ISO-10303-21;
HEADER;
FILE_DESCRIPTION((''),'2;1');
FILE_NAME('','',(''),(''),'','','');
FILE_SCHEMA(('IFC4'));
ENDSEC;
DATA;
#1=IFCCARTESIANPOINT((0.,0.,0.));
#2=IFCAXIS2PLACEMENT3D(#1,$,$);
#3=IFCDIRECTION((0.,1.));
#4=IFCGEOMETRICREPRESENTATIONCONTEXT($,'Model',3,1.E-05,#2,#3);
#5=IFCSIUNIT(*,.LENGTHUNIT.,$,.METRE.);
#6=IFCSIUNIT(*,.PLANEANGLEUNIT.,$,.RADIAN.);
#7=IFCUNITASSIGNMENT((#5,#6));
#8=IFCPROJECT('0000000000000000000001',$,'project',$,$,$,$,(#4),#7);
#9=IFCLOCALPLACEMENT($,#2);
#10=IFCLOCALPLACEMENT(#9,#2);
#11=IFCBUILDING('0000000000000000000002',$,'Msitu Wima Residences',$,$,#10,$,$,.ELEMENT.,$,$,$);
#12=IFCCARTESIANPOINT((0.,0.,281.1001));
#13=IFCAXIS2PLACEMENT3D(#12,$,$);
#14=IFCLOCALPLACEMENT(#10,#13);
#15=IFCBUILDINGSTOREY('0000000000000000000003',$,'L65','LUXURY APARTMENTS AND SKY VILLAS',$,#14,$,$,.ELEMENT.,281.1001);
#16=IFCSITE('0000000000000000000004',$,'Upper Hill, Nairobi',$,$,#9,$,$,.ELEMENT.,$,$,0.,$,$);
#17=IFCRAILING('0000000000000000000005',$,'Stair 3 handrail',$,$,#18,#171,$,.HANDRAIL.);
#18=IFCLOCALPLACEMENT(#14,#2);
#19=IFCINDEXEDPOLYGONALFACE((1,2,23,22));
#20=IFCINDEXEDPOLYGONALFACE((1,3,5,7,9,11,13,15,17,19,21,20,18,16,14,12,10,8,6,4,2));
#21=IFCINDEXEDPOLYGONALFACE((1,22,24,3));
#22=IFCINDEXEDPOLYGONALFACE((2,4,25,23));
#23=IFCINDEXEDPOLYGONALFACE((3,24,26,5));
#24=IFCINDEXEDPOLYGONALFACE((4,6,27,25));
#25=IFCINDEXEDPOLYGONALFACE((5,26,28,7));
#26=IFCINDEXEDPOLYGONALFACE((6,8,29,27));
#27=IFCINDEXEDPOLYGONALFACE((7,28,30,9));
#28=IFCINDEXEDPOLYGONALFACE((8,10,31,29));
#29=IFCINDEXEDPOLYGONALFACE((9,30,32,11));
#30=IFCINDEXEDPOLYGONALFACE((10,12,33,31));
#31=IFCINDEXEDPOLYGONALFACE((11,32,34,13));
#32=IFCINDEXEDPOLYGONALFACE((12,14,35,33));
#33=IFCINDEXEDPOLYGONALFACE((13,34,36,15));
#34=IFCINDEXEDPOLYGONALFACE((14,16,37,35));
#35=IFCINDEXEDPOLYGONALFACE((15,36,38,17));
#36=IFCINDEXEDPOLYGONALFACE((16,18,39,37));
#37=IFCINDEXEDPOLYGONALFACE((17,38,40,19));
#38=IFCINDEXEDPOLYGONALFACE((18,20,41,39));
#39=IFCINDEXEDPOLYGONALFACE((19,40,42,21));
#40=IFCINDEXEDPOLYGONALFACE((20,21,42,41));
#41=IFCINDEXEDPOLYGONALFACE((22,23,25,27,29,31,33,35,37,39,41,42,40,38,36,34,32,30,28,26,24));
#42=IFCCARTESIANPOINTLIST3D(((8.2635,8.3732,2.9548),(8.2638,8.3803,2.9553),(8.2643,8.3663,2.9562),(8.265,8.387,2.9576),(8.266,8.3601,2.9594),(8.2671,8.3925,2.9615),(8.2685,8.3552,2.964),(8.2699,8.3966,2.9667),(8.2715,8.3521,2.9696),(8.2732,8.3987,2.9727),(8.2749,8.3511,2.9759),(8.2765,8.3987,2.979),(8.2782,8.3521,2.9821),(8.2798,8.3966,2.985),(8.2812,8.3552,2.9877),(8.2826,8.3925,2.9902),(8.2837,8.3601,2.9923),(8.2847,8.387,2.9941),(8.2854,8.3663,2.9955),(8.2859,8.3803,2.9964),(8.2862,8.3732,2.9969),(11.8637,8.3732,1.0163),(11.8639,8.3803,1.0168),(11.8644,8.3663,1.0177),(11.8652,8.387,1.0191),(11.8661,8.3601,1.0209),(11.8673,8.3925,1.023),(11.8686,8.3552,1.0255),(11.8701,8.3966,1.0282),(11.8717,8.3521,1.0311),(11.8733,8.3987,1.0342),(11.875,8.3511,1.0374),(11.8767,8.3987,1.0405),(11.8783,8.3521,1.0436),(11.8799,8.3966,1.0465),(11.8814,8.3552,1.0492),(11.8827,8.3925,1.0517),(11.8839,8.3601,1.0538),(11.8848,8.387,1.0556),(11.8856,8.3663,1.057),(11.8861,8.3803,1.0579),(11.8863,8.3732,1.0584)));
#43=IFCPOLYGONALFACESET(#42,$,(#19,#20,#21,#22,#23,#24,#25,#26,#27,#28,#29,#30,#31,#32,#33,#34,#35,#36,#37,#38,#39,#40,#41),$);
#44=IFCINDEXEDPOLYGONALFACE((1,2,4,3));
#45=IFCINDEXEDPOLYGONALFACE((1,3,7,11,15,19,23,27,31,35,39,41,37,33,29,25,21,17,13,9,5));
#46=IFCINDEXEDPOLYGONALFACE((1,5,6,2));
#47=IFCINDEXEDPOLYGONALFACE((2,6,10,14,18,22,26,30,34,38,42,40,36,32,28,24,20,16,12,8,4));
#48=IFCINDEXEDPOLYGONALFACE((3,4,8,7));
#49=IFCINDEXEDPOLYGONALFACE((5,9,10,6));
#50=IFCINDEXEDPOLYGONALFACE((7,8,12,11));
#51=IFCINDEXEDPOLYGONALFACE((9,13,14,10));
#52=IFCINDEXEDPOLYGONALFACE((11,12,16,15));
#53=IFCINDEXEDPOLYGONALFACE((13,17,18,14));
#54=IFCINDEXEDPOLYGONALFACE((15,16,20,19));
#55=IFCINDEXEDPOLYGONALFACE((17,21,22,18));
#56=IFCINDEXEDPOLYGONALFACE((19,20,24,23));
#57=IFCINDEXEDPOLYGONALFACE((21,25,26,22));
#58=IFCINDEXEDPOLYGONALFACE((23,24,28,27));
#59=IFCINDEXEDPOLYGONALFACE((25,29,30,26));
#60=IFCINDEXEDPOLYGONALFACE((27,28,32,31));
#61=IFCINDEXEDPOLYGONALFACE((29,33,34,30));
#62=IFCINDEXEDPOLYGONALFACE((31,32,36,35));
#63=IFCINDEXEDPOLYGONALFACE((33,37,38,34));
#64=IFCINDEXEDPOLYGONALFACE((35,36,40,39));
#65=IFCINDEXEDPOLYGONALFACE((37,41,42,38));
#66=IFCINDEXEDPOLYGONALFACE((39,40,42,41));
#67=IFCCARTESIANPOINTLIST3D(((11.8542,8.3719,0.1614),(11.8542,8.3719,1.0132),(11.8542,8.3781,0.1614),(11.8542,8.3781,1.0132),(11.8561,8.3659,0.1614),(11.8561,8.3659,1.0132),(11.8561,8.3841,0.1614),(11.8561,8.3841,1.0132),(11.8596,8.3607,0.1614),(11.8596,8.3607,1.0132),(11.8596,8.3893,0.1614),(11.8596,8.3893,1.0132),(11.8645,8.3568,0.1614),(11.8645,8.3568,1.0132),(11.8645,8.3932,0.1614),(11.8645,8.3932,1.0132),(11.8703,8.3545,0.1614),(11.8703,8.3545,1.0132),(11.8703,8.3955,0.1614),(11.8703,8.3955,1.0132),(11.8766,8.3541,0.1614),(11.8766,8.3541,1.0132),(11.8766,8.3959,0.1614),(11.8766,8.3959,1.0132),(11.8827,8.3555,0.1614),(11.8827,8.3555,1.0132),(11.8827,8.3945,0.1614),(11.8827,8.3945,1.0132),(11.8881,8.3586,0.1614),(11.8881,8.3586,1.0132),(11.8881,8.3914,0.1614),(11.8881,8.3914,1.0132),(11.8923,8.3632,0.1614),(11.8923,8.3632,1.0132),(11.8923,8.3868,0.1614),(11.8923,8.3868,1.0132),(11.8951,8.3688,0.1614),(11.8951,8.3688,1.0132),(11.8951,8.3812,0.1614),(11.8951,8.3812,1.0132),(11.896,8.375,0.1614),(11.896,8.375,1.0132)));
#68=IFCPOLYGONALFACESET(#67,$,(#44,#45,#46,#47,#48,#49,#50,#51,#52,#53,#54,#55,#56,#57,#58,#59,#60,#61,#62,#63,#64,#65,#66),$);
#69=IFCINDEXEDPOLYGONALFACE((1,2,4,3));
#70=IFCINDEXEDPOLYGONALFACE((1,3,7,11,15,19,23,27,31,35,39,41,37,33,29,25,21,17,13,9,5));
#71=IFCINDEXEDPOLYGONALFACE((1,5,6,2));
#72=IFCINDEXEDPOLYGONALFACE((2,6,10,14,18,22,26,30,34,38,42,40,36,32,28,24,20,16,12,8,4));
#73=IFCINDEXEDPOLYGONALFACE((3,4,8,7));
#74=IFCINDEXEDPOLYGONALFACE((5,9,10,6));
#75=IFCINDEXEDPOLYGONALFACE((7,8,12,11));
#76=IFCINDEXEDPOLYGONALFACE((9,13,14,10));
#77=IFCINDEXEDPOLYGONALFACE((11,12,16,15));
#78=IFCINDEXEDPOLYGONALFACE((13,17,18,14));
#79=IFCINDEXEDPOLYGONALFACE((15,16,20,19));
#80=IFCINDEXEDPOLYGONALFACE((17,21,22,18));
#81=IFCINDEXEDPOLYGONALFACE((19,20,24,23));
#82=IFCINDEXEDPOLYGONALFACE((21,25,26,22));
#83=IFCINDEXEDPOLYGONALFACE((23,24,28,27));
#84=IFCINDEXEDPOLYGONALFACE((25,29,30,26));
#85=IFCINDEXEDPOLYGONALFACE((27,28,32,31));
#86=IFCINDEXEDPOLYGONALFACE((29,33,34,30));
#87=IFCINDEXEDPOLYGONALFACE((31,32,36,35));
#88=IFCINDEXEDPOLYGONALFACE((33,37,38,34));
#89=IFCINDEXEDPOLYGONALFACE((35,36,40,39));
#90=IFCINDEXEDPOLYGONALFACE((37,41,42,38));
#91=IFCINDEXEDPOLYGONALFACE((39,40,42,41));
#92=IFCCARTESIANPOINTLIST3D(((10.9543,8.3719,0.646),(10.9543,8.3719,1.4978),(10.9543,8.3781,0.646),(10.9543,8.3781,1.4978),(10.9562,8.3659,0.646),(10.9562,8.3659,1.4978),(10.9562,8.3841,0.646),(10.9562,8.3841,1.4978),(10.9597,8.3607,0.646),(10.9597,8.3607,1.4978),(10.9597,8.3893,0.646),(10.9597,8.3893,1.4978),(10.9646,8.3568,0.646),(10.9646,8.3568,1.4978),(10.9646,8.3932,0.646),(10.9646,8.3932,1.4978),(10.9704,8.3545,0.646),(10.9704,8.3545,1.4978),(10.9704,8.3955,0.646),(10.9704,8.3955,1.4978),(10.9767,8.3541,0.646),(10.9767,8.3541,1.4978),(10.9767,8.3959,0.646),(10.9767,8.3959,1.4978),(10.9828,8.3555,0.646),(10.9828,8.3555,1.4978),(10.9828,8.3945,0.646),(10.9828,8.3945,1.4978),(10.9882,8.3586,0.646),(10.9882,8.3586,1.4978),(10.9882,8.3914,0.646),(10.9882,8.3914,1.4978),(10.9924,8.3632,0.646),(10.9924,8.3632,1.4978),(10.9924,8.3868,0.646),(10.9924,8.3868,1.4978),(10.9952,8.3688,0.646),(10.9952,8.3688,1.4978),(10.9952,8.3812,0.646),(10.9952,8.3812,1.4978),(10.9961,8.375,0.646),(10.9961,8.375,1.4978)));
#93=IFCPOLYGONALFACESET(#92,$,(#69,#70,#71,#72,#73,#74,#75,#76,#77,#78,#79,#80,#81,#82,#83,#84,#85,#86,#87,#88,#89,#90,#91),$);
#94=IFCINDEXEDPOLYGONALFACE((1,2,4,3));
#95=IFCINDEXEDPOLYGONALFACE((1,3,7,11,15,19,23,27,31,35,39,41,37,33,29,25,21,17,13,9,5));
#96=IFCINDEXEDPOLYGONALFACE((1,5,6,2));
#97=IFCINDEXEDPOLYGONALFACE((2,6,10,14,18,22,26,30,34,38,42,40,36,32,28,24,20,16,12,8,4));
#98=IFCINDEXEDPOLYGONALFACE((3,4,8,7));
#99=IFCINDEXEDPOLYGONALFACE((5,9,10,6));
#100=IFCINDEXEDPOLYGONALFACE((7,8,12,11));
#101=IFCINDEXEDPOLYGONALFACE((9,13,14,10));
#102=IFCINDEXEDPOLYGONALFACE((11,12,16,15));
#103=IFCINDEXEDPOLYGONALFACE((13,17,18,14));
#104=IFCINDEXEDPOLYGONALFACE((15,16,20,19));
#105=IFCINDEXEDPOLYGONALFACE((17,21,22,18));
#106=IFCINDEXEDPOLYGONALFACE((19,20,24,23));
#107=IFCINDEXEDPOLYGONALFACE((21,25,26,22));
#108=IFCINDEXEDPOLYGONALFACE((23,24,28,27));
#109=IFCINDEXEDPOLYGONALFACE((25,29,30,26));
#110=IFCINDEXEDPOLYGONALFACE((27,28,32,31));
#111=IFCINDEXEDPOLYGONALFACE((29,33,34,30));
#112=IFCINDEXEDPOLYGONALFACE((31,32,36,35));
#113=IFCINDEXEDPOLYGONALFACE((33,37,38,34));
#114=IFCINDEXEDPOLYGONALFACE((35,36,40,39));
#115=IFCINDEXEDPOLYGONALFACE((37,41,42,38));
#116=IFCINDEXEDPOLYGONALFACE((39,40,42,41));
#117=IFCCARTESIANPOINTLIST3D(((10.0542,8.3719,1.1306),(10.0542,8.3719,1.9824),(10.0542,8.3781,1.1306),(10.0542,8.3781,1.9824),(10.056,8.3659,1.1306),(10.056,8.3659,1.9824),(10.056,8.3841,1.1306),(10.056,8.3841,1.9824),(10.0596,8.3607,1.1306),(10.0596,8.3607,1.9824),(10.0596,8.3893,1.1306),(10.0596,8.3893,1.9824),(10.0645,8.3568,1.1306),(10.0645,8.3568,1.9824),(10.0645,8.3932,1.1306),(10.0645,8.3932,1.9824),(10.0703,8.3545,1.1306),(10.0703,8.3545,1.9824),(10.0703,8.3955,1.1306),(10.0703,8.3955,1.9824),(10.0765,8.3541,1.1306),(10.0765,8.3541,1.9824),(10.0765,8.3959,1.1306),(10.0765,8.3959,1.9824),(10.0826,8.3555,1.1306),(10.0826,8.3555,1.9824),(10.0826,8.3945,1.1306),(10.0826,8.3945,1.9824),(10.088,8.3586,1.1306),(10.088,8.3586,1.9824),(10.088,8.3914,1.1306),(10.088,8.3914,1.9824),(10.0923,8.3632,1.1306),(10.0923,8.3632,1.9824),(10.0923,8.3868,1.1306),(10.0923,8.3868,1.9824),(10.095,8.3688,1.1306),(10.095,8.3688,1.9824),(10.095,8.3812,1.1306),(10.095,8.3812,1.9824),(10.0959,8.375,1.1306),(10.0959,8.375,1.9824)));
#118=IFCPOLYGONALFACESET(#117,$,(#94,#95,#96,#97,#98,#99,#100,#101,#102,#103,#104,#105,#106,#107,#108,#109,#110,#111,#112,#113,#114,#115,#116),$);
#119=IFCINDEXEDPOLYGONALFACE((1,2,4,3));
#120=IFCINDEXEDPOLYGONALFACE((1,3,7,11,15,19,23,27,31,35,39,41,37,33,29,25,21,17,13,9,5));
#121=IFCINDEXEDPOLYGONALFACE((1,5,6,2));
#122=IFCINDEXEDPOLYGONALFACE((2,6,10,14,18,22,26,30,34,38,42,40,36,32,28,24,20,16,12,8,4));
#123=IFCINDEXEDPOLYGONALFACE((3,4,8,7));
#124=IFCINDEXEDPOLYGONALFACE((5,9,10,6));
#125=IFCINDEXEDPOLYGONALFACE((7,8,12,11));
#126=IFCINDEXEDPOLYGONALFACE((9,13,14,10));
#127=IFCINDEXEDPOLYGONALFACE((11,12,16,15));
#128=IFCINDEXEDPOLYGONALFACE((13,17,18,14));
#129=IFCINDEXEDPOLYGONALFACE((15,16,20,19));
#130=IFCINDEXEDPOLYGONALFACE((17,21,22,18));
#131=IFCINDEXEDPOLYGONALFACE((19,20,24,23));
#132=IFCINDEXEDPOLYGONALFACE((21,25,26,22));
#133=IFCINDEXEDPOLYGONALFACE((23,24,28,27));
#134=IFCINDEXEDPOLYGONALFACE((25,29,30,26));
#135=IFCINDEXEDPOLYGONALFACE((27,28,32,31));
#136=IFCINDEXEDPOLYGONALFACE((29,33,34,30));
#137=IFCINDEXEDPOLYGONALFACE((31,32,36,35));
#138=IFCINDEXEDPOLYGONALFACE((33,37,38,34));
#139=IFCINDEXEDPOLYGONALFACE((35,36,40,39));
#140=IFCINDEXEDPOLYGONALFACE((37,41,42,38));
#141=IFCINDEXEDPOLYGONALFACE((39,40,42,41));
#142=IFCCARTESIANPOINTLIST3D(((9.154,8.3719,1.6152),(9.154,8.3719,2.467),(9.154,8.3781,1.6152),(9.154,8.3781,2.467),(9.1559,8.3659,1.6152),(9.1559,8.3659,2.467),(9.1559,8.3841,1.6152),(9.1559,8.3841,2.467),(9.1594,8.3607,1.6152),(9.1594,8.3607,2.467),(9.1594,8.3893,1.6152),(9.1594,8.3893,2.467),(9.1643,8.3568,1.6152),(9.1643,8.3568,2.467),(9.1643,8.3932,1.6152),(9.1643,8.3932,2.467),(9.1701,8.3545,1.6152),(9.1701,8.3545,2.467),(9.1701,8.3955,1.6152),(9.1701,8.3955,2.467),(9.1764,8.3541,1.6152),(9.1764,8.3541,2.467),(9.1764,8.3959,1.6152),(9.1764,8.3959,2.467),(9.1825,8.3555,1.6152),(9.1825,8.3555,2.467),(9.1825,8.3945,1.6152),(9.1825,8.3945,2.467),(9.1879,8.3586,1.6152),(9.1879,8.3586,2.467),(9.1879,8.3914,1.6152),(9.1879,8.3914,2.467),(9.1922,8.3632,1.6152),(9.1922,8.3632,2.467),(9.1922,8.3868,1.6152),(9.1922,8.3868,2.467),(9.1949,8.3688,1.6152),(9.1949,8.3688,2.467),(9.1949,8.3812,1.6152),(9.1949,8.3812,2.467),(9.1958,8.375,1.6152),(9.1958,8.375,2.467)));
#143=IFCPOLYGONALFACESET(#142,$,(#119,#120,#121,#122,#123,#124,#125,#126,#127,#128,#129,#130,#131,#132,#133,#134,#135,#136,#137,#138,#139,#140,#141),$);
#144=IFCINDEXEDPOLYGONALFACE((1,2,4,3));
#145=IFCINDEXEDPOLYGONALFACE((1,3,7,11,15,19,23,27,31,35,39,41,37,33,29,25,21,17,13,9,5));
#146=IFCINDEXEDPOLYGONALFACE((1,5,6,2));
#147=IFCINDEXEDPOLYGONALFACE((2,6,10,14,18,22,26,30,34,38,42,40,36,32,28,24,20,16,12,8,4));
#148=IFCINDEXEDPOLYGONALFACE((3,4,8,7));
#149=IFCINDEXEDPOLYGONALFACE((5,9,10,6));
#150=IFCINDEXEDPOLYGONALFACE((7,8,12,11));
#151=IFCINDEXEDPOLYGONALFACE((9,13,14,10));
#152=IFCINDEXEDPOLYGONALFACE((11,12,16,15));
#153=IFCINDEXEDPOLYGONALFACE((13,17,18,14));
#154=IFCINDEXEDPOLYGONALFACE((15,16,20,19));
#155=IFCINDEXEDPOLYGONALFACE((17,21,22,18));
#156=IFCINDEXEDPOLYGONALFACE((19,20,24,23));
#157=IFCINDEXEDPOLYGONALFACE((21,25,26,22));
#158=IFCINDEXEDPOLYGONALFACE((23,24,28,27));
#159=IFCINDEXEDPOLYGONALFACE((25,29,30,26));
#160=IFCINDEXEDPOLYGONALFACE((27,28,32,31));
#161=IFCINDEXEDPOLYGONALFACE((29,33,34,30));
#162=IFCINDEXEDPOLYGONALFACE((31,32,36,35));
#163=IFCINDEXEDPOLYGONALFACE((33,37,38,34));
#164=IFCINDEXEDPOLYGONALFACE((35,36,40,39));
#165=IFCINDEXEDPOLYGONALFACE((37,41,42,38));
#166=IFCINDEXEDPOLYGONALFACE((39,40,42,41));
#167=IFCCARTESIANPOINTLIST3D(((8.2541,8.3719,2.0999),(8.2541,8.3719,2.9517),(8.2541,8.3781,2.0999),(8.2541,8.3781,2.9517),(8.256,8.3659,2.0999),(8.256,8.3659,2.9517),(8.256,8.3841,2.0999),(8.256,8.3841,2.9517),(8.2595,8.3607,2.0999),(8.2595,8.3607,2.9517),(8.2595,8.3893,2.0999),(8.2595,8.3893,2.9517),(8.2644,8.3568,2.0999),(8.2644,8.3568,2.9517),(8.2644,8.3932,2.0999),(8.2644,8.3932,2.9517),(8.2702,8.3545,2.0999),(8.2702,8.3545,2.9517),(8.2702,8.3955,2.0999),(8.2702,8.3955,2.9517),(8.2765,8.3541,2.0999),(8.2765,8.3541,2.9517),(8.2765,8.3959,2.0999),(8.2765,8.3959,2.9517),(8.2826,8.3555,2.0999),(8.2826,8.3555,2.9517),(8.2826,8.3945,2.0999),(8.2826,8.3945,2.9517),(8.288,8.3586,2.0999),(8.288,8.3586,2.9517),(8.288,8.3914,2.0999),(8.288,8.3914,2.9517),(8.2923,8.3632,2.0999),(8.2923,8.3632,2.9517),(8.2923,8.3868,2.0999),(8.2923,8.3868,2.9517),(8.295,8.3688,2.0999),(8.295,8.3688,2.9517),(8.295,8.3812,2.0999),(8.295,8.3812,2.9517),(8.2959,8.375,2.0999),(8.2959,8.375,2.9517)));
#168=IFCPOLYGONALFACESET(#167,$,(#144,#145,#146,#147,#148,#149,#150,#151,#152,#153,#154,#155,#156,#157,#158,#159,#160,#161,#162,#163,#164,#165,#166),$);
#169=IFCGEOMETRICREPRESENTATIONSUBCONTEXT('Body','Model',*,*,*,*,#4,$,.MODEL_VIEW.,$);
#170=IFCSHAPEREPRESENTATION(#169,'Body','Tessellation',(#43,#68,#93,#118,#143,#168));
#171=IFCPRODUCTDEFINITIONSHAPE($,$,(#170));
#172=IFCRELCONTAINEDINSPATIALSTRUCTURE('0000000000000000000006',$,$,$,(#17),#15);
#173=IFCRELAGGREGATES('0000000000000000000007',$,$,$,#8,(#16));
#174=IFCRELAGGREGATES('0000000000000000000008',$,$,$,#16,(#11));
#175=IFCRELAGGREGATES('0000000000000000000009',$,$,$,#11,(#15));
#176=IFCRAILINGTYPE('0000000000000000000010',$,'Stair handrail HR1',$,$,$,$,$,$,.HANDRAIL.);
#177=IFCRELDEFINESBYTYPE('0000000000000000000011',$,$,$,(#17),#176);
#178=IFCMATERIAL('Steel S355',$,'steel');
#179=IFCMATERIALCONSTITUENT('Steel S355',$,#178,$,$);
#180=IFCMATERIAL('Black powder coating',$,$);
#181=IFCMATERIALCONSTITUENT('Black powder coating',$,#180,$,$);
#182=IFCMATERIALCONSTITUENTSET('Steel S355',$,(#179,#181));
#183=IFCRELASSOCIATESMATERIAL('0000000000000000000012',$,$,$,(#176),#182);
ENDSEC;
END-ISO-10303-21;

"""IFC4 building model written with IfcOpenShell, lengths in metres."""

from ifc_helpers import new_model, si_unit, direction, frame, origin, origin_2d, place, context, subcontext, project, spatial, circle, extrude, material, constituent, constituent_set, type_object, element, save


model = new_model("IFC4")

# Units and contexts
model_context = context("Model", 3, precision=1e-05, world=origin(), true_north=direction((0.0, 1.0)))
body_context = subcontext(model_context, "Body", "Model", "MODEL_VIEW")
ifc_project = project(units=[si_unit("LENGTHUNIT", "METRE"), si_unit("PLANEANGLEUNIT", "RADIAN")], contexts=[model_context])

# Site, building, storey
site_placement = place(None, origin())
site = spatial("IfcSite", under=ifc_project, at=site_placement, Name="Upper Hill, Nairobi", CompositionType="ELEMENT", RefElevation=0.0)
building_placement = place(site_placement, origin())
building = spatial("IfcBuilding", under=site, at=building_placement, Name="Msitu Wima Residences", CompositionType="ELEMENT")
storey_placement = place(building_placement, frame((0.0, 0.0, 281.1001)))
storey = spatial("IfcBuildingStorey", under=building, at=storey_placement, Name="L65", Description="LUXURY APARTMENTS AND SKY VILLAS", CompositionType="ELEMENT", Elevation=281.1001)

# Railing
ifc_material_1 = material(Name="Steel S355", Category="steel")
ifc_constituent_1 = constituent(ifc_material_1, Name="Steel S355")
ifc_material_2 = material(Name="Black powder coating")
ifc_constituent_2 = constituent(ifc_material_2, Name="Black powder coating")
ifc_constituent_set_1 = constituent_set(constituents=[ifc_constituent_1, ifc_constituent_2], Name="Steel S355")
railing_type_1 = type_object("IfcRailingType", Name="Stair handrail HR1", PredefinedType="HANDRAIL", material=ifc_constituent_set_1)
for number, where, name in (
    (1, (11.875, 8.375, 0.1614), "Stair 3 handrail"),
):
    element("IfcRailing", number, at=place(storey_placement, frame(where)), inside=storey, type_object=railing_type_1, Name=name, PredefinedType="HANDRAIL", context=body_context, shape_type="SweptSolid", body=[
        extrude(circle(Radius=0.0239, at=origin_2d()), frame((0.0, 0.0, 0.876), z_axis=(-0.880475, 0.0, 0.474093), x_axis=(0.0, -1.0, 0.0)), (0.0, 0.0, 1.0), 4.0889),
        extrude(circle(Radius=0.021, at=origin_2d()), origin(), (0.0, 0.0, 1.0), 0.8518),
        extrude(circle(Radius=0.021, at=origin_2d()), frame((-0.8999, 0.0, 0.4846)), (0.0, 0.0, 1.0), 0.8518),
        extrude(circle(Radius=0.021, at=origin_2d()), frame((-1.8, 0.0, 0.9692)), (0.0, 0.0, 1.0), 0.8518),
        extrude(circle(Radius=0.021, at=origin_2d()), frame((-2.7002, 0.0, 1.4539)), (0.0, 0.0, 1.0), 0.8518),
        extrude(circle(Radius=0.021, at=origin_2d()), frame((-3.6001, 0.0, 1.9385)), (0.0, 0.0, 1.0), 0.8518),
    ])

save(model, "model.ifc")
